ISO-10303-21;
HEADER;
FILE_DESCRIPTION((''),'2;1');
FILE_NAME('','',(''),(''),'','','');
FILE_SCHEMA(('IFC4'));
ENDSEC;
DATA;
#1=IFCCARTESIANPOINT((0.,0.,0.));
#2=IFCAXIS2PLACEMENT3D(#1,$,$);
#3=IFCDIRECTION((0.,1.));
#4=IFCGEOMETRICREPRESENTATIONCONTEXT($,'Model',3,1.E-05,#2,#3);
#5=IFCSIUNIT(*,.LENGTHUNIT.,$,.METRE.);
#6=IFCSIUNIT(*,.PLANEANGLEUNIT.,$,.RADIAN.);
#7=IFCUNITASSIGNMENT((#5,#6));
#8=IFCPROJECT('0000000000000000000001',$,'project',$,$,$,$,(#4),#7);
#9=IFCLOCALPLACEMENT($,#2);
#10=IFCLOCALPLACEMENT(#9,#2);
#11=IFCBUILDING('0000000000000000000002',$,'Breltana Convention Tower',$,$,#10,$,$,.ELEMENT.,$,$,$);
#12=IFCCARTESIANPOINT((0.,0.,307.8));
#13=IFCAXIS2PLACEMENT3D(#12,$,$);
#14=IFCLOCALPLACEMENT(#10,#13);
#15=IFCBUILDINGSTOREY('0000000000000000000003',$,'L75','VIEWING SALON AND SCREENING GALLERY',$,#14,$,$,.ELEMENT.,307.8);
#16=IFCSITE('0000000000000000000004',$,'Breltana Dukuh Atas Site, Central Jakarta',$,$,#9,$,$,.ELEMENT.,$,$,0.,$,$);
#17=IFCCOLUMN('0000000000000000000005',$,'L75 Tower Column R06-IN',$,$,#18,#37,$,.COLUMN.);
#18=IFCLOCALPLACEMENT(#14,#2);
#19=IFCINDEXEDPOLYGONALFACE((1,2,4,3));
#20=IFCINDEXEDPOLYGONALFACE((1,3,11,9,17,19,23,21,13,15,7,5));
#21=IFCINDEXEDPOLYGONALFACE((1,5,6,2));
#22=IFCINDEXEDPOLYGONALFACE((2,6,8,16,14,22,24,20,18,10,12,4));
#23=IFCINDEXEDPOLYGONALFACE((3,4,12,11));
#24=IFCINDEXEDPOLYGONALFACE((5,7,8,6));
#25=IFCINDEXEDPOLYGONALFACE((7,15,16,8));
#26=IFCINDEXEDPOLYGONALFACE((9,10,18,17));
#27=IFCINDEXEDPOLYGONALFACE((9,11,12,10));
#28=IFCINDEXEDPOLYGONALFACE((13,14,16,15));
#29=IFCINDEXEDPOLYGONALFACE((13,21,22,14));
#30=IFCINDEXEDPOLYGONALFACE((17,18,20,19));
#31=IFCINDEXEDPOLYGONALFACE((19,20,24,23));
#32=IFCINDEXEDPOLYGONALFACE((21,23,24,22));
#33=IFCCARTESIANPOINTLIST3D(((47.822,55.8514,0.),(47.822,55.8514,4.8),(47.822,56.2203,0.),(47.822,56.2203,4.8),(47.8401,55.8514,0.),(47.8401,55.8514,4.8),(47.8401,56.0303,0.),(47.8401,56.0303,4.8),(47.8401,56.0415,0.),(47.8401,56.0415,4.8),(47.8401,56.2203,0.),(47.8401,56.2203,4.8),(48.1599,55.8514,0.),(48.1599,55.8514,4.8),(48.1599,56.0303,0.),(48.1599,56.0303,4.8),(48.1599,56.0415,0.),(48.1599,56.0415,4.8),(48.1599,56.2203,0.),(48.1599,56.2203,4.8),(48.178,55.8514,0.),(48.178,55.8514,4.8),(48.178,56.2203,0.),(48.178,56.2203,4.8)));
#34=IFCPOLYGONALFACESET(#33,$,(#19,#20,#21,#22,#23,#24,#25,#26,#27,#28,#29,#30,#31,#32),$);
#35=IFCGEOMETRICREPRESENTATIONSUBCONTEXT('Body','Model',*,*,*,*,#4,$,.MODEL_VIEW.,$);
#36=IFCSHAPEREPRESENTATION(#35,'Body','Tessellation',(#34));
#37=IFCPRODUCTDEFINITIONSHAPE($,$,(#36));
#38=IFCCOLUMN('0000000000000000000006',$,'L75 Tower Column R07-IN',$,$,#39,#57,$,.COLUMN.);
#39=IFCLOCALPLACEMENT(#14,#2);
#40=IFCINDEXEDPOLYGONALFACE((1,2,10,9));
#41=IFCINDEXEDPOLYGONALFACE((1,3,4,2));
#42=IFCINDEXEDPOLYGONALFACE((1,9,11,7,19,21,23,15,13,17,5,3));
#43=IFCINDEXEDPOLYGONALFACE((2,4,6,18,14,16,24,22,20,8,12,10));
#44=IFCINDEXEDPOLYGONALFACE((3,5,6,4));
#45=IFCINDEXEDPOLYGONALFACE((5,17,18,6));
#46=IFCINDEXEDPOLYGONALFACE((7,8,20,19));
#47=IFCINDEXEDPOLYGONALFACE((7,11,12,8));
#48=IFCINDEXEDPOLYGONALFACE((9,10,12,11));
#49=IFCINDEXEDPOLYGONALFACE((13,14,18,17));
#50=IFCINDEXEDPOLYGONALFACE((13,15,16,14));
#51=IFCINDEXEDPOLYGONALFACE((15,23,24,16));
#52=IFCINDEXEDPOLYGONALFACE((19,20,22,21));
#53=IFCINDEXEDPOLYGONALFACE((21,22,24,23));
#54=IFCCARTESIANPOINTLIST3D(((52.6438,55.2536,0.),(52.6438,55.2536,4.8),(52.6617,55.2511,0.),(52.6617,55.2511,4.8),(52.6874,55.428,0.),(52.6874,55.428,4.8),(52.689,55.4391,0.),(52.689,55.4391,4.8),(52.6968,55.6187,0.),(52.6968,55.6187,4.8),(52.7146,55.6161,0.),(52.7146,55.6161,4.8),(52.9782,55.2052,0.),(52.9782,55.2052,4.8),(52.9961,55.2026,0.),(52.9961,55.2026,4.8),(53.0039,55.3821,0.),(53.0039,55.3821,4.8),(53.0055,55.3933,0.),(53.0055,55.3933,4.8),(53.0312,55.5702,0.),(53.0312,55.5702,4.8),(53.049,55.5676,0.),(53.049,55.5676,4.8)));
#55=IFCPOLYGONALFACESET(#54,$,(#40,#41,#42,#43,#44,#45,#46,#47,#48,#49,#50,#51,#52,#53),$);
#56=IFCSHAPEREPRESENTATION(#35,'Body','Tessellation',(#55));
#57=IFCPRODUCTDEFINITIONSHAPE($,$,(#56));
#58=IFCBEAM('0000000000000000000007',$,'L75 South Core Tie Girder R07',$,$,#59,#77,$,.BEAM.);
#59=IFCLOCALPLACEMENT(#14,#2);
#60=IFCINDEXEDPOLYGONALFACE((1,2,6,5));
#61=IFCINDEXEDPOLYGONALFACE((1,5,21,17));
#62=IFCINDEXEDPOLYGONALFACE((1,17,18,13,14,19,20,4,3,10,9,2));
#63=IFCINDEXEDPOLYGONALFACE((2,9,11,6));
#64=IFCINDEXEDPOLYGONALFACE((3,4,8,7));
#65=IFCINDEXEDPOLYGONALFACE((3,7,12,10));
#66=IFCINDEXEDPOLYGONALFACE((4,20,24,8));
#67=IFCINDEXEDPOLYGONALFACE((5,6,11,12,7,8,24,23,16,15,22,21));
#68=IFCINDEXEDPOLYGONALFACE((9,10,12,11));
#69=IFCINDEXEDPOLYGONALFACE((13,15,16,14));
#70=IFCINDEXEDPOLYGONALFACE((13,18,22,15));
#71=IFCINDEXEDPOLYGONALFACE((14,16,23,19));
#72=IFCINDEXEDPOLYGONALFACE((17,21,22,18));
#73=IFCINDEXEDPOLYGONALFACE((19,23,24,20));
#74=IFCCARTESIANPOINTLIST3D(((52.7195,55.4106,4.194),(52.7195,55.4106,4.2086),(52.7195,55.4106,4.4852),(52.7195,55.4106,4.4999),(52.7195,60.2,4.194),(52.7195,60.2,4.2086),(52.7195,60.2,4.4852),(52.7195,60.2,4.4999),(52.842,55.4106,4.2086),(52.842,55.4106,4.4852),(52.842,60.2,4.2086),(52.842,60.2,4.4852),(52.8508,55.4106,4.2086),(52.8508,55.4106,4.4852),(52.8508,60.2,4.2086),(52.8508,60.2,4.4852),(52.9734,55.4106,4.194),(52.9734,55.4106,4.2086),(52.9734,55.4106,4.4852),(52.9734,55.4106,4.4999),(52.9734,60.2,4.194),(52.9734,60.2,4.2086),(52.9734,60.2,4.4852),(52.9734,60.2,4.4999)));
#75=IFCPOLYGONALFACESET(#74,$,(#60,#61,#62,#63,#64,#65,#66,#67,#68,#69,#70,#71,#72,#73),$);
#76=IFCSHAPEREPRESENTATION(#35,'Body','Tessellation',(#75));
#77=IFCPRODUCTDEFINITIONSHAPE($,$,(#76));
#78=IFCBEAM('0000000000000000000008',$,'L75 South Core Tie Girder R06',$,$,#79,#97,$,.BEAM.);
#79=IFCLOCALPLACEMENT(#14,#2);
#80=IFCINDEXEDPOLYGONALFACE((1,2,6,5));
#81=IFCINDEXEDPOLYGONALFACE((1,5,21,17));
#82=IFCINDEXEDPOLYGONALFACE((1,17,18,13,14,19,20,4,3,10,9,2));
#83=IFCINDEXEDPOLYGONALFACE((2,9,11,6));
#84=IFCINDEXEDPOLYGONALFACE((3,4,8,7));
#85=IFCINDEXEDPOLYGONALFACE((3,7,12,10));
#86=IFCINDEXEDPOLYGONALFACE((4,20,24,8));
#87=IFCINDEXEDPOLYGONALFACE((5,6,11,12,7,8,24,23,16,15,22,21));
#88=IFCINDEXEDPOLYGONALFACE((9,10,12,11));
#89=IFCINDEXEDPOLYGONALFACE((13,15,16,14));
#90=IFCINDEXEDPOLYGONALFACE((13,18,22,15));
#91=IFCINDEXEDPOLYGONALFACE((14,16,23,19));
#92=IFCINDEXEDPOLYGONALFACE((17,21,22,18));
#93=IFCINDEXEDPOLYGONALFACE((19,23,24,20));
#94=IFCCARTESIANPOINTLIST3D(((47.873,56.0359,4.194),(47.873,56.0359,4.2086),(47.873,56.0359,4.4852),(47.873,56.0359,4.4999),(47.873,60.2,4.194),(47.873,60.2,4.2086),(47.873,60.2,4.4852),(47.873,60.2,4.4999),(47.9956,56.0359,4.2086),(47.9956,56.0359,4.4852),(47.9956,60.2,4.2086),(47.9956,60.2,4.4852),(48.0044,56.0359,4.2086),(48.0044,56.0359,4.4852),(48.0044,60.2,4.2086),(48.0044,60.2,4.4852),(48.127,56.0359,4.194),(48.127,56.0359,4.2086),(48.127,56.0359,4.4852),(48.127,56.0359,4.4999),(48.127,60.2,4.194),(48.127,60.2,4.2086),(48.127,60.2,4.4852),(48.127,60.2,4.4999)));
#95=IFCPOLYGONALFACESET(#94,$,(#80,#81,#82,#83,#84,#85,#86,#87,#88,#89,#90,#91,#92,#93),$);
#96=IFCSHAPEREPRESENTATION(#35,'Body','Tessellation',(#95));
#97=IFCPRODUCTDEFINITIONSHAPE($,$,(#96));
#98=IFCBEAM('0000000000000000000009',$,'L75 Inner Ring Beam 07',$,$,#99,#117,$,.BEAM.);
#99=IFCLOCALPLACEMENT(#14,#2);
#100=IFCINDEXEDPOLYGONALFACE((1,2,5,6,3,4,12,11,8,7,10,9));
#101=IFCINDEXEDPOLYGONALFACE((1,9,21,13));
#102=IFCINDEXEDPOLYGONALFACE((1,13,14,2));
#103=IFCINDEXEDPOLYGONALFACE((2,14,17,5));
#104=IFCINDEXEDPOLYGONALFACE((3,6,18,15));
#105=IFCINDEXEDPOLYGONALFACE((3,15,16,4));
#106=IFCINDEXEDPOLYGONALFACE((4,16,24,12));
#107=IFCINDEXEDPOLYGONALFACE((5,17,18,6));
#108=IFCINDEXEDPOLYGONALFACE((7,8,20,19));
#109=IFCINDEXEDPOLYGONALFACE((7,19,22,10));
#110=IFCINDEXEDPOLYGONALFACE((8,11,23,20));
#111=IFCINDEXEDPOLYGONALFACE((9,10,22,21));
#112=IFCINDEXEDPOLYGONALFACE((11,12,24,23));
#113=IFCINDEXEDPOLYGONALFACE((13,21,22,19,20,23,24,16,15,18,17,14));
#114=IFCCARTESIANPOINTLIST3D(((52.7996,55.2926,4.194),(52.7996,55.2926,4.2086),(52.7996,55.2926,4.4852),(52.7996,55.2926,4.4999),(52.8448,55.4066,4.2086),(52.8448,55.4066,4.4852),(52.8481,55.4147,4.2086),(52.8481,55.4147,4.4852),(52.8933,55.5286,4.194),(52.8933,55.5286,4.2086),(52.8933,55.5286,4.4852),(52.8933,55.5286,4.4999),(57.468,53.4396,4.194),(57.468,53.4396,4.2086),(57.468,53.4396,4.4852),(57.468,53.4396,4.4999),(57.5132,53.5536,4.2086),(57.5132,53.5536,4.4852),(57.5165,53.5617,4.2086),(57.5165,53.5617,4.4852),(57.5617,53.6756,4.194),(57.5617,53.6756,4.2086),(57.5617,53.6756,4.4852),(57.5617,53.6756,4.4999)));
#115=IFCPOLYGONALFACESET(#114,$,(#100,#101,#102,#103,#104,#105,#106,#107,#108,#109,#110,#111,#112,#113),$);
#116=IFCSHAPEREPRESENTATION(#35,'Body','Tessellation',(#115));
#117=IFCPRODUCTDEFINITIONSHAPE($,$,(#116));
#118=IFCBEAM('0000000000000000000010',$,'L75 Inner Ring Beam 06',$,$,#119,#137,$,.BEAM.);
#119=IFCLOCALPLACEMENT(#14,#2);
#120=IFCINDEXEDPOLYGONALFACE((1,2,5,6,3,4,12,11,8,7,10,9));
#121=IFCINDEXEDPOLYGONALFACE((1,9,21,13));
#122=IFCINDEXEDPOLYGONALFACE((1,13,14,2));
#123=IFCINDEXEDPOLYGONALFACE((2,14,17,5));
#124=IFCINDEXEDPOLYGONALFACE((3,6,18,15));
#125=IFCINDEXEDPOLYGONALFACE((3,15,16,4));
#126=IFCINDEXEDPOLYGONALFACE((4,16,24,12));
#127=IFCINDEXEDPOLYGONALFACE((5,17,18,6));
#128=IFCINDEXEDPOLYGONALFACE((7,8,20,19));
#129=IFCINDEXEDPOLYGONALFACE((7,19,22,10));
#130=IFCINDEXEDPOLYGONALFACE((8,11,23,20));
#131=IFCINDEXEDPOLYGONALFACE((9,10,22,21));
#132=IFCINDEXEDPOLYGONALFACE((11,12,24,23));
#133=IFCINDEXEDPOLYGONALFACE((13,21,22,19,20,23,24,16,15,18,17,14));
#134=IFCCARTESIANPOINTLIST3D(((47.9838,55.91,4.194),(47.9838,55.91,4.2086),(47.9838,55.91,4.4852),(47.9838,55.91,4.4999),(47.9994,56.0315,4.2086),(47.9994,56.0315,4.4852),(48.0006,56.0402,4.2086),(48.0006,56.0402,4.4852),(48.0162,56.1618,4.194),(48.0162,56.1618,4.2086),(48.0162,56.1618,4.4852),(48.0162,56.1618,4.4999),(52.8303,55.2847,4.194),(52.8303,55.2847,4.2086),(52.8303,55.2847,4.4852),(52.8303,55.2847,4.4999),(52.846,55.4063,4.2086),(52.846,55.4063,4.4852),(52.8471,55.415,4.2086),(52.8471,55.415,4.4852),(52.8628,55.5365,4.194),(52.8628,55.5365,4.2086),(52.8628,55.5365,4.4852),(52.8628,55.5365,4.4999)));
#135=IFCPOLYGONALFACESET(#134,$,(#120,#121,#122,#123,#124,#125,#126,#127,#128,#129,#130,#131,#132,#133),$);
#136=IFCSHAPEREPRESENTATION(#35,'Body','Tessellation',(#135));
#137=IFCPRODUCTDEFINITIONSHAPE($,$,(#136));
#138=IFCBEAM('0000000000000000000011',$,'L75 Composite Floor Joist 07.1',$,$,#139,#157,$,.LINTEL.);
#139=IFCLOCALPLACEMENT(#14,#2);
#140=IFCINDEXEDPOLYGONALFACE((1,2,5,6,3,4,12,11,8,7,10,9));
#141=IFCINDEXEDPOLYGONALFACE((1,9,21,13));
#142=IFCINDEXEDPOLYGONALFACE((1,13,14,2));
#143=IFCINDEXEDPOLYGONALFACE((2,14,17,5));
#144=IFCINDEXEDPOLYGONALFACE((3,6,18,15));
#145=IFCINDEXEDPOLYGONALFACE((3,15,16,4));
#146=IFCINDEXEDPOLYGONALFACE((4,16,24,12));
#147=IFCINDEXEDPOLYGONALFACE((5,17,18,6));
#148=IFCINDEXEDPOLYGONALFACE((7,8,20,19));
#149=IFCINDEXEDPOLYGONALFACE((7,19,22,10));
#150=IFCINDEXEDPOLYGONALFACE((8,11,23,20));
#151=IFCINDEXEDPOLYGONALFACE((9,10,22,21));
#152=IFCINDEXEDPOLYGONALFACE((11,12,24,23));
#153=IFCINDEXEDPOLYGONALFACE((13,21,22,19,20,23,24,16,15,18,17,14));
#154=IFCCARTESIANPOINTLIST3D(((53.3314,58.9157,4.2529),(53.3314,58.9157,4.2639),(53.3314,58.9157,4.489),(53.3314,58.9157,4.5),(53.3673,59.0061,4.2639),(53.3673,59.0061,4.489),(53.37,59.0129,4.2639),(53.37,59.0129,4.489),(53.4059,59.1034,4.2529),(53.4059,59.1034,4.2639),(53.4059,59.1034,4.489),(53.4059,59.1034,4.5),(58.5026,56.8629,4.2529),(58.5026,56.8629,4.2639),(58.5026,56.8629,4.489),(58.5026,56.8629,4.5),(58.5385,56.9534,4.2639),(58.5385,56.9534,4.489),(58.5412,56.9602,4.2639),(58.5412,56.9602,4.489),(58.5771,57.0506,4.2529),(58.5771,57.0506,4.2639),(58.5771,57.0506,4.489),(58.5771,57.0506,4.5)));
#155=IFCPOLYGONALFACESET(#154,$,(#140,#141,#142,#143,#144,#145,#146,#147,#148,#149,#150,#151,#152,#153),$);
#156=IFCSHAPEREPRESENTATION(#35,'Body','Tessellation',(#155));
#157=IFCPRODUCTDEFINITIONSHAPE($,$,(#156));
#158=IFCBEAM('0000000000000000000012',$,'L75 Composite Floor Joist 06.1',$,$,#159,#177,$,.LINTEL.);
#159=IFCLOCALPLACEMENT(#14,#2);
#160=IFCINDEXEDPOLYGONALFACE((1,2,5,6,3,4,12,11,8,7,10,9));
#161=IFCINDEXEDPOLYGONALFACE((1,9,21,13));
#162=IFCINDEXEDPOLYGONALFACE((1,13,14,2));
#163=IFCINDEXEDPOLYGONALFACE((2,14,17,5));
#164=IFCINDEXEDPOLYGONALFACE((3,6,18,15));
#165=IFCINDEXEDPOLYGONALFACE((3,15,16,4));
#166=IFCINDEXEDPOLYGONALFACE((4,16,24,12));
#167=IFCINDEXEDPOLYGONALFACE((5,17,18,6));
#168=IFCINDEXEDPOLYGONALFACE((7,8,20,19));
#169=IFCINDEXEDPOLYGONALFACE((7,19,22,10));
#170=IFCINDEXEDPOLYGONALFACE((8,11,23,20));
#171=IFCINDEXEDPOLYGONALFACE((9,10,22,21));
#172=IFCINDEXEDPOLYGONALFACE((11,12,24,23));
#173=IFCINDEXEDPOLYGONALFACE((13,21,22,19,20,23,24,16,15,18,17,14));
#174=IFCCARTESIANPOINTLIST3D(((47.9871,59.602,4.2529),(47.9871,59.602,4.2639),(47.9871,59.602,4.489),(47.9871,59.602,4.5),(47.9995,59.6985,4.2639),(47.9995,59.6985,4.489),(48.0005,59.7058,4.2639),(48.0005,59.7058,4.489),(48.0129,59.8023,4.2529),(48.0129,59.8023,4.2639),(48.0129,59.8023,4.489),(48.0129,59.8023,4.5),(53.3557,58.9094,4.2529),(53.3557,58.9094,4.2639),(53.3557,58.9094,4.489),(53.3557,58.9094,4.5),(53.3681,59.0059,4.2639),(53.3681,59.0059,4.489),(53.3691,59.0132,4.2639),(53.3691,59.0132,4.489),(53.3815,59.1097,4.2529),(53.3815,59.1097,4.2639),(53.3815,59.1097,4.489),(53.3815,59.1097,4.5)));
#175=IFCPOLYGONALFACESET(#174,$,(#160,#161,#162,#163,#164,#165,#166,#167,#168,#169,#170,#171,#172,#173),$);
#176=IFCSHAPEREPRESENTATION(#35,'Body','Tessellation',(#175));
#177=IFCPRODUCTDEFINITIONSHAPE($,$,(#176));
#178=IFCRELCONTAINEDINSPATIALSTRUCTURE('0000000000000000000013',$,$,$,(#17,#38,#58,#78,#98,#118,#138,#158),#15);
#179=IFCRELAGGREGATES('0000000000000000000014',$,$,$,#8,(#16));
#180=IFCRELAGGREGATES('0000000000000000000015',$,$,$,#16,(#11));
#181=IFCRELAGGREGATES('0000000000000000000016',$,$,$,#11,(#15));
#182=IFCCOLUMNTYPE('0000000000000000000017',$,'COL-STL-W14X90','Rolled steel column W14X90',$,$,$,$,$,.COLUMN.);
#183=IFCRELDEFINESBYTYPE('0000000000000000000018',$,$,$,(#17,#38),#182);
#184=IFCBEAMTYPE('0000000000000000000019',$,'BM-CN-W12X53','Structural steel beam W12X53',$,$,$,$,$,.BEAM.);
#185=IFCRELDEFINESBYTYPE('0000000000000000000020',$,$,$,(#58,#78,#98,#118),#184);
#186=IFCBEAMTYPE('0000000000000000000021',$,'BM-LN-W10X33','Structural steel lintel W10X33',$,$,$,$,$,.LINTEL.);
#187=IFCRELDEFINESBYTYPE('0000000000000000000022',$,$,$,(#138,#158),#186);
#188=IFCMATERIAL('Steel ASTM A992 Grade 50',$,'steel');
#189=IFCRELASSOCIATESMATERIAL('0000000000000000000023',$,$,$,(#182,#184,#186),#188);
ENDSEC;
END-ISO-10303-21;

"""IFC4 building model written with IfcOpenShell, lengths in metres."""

from ifc_helpers import new_model, si_unit, direction, frame, origin, origin_2d, place, context, subcontext, project, spatial, i_section, extrude, source, transform, mapped, material, material_profile, profile_set, type_object, type_shapes, element, save


model = new_model("IFC4")

# Units and contexts
model_context = context("Model", 3, precision=1e-05, world=origin(), true_north=direction((0.0, 1.0)))
body_context = subcontext(model_context, "Body", "Model", "MODEL_VIEW")
ifc_project = project(units=[si_unit("LENGTHUNIT", "METRE"), si_unit("PLANEANGLEUNIT", "RADIAN")], contexts=[model_context])

# Site, building, storey
site_placement = place(None, origin())
site = spatial("IfcSite", under=ifc_project, at=site_placement, Name="Breltana Dukuh Atas Site, Central Jakarta", CompositionType="ELEMENT", RefElevation=0.0)
building_placement = place(site_placement, origin())
building = spatial("IfcBuilding", under=site, at=building_placement, Name="Breltana Convention Tower", CompositionType="ELEMENT")
storey_placement = place(building_placement, frame((0.0, 0.0, 307.8)))
storey = spatial("IfcBuildingStorey", under=building, at=storey_placement, Name="L75", Description="VIEWING SALON AND SCREENING GALLERY", CompositionType="ELEMENT", Elevation=307.8)

# Columns
ifc_material_1 = material(Name="Steel ASTM A992 Grade 50", Category="steel")
ifc_material_profile_1 = material_profile(ifc_material_1, i_section(OverallWidth=0.3689, OverallDepth=0.356, WebThickness=0.0112, FlangeThickness=0.0181, at=origin_2d()), Name="W14X90")
ifc_profile_set_1 = profile_set([ifc_material_profile_1], Name="Steel ASTM A992 Grade 50")
column_type = type_object("IfcColumnType", Name="COL-STL-W14X90", Description="Rolled steel column W14X90", PredefinedType="COLUMN", material=ifc_profile_set_1)
shared_shape_1 = source(origin(), body_context, "Body", "SweptSolid", [
    extrude(i_section(OverallWidth=0.3689, OverallDepth=0.356, WebThickness=0.0112, FlangeThickness=0.0181, at=origin_2d()), origin(), (0.0, 0.0, 1.0), 4.8),
])
type_shapes(column_type, [shared_shape_1])
for number, where, z_axis, x_axis, name in (
    (1, (48.0, 56.0359, 0.0), (0.0, 0.0, 1.0), (0.0, 1.0, 0.0), "L75 Tower Column R06-IN"),
    (2, (52.8464, 55.4106, 0.0), (0.0, 0.0, 1.0), (0.143493, 0.989651, 0.0), "L75 Tower Column R07-IN"),
):
    element("IfcColumn", number, at=place(storey_placement, frame(where, z_axis=z_axis, x_axis=x_axis)), inside=storey, type_object=column_type, Name=name, PredefinedType="COLUMN", context=body_context, shape_type="MappedRepresentation", body=[
        mapped(shared_shape_1, transform((0.0, 0.0, 0.0), scale=1.0)),
    ])

# Beams
ifc_material_profile_2 = material_profile(ifc_material_1, i_section(OverallWidth=0.2539, OverallDepth=0.3059, WebThickness=0.0088, FlangeThickness=0.0146, at=origin_2d()), Name="W12X53")
ifc_profile_set_2 = profile_set([ifc_material_profile_2], Name="Steel ASTM A992 Grade 50")
beam_type_1 = type_object("IfcBeamType", Name="BM-CN-W12X53", Description="Structural steel beam W12X53", PredefinedType="BEAM", material=ifc_profile_set_2)
shared_shape_2 = source(origin(), body_context, "Body", "SweptSolid", [
    extrude(i_section(OverallWidth=0.2539, OverallDepth=0.3059, WebThickness=0.0088, FlangeThickness=0.0146, at=origin_2d()), origin(), (0.0, 0.0, 1.0), 4.7893),
])
beam_1_placement = place(storey_placement, frame((52.8464, 60.2, 4.3469), z_axis=(0.0, -1.0, 0.0), x_axis=(1.0, 0.0, 0.0)))
element("IfcBeam", 3, at=beam_1_placement, inside=storey, type_object=beam_type_1, Name="L75 South Core Tie Girder R07", PredefinedType="BEAM", context=body_context, shape_type="MappedRepresentation", body=[
    mapped(shared_shape_2, transform((0.0, 0.0, 0.0), scale=1.0)),
])
shared_shape_3 = source(origin(), body_context, "Body", "SweptSolid", [
    extrude(i_section(OverallWidth=0.2539, OverallDepth=0.3059, WebThickness=0.0088, FlangeThickness=0.0146, at=origin_2d()), origin(), (0.0, 0.0, 1.0), 4.1641),
])
beam_2_placement = place(storey_placement, frame((48.0, 60.2, 4.3469), z_axis=(0.0, -1.0, 0.0), x_axis=(1.0, 0.0, 0.0)))
element("IfcBeam", 4, at=beam_2_placement, inside=storey, type_object=beam_type_1, Name="L75 South Core Tie Girder R06", PredefinedType="BEAM", context=body_context, shape_type="MappedRepresentation", body=[
    mapped(shared_shape_3, transform((0.0, 0.0, 0.0), scale=1.0)),
])
shared_shape_4 = source(origin(), body_context, "Body", "SweptSolid", [
    extrude(i_section(OverallWidth=0.2539, OverallDepth=0.3059, WebThickness=0.0088, FlangeThickness=0.0146, at=origin_2d()), origin(), (0.0, 0.0, 1.0), 5.0227),
])
beam_3_placement = place(storey_placement, frame((52.8464, 55.4106, 4.3469), z_axis=(0.929459, -0.368926, 0.0), x_axis=(0.368926, 0.929459, 0.0)))
element("IfcBeam", 5, at=beam_3_placement, inside=storey, type_object=beam_type_1, Name="L75 Inner Ring Beam 07", PredefinedType="BEAM", context=body_context, shape_type="MappedRepresentation", body=[
    mapped(shared_shape_4, transform((0.0, 0.0, 0.0), scale=1.0)),
])
shared_shape_5 = source(origin(), body_context, "Body", "SweptSolid", [
    extrude(i_section(OverallWidth=0.2539, OverallDepth=0.3059, WebThickness=0.0088, FlangeThickness=0.0146, at=origin_2d()), origin(), (0.0, 0.0, 1.0), 4.8867),
])
beam_4_placement = place(storey_placement, frame((48.0, 56.0359, 4.3469), z_axis=(0.991781, -0.127951, 0.0), x_axis=(0.127951, 0.991781, 0.0)))
element("IfcBeam", 6, at=beam_4_placement, inside=storey, type_object=beam_type_1, Name="L75 Inner Ring Beam 06", PredefinedType="BEAM", context=body_context, shape_type="MappedRepresentation", body=[
    mapped(shared_shape_5, transform((0.0, 0.0, 0.0), scale=1.0)),
])
ifc_material_profile_3 = material_profile(ifc_material_1, i_section(OverallWidth=0.2019, OverallDepth=0.2471, WebThickness=0.0073, FlangeThickness=0.011, at=origin_2d()), Name="W10X33")
ifc_profile_set_3 = profile_set([ifc_material_profile_3], Name="Steel ASTM A992 Grade 50")
beam_type_2 = type_object("IfcBeamType", Name="BM-LN-W10X33", Description="Structural steel lintel W10X33", PredefinedType="LINTEL", material=ifc_profile_set_3)
shared_shape_6 = source(origin(), body_context, "Body", "SweptSolid", [
    extrude(i_section(OverallWidth=0.2019, OverallDepth=0.2471, WebThickness=0.0073, FlangeThickness=0.011, at=origin_2d()), origin(), (0.0, 0.0, 1.0), 5.5637),
])
beam_5_placement = place(storey_placement, frame((53.3687, 59.0095, 4.3765), z_axis=(0.929448, -0.368953, 0.0), x_axis=(0.368953, 0.929448, 0.0)))
element("IfcBeam", 7, at=beam_5_placement, inside=storey, type_object=beam_type_2, Name="L75 Composite Floor Joist 07.1", PredefinedType="LINTEL", context=body_context, shape_type="MappedRepresentation", body=[
    mapped(shared_shape_6, transform((0.0, 0.0, 0.0), scale=1.0)),
])
shared_shape_7 = source(origin(), body_context, "Body", "SweptSolid", [
    extrude(i_section(OverallWidth=0.2019, OverallDepth=0.2471, WebThickness=0.0073, FlangeThickness=0.011, at=origin_2d()), origin(), (0.0, 0.0, 1.0), 5.4131),
])
beam_6_placement = place(storey_placement, frame((48.0, 59.7021, 4.3765), z_axis=(0.99178, -0.127953, 0.0), x_axis=(0.127953, 0.99178, 0.0)))
element("IfcBeam", 8, at=beam_6_placement, inside=storey, type_object=beam_type_2, Name="L75 Composite Floor Joist 06.1", PredefinedType="LINTEL", context=body_context, shape_type="MappedRepresentation", body=[
    mapped(shared_shape_7, transform((0.0, 0.0, 0.0), scale=1.0)),
])

save(model, "model.ifc")
